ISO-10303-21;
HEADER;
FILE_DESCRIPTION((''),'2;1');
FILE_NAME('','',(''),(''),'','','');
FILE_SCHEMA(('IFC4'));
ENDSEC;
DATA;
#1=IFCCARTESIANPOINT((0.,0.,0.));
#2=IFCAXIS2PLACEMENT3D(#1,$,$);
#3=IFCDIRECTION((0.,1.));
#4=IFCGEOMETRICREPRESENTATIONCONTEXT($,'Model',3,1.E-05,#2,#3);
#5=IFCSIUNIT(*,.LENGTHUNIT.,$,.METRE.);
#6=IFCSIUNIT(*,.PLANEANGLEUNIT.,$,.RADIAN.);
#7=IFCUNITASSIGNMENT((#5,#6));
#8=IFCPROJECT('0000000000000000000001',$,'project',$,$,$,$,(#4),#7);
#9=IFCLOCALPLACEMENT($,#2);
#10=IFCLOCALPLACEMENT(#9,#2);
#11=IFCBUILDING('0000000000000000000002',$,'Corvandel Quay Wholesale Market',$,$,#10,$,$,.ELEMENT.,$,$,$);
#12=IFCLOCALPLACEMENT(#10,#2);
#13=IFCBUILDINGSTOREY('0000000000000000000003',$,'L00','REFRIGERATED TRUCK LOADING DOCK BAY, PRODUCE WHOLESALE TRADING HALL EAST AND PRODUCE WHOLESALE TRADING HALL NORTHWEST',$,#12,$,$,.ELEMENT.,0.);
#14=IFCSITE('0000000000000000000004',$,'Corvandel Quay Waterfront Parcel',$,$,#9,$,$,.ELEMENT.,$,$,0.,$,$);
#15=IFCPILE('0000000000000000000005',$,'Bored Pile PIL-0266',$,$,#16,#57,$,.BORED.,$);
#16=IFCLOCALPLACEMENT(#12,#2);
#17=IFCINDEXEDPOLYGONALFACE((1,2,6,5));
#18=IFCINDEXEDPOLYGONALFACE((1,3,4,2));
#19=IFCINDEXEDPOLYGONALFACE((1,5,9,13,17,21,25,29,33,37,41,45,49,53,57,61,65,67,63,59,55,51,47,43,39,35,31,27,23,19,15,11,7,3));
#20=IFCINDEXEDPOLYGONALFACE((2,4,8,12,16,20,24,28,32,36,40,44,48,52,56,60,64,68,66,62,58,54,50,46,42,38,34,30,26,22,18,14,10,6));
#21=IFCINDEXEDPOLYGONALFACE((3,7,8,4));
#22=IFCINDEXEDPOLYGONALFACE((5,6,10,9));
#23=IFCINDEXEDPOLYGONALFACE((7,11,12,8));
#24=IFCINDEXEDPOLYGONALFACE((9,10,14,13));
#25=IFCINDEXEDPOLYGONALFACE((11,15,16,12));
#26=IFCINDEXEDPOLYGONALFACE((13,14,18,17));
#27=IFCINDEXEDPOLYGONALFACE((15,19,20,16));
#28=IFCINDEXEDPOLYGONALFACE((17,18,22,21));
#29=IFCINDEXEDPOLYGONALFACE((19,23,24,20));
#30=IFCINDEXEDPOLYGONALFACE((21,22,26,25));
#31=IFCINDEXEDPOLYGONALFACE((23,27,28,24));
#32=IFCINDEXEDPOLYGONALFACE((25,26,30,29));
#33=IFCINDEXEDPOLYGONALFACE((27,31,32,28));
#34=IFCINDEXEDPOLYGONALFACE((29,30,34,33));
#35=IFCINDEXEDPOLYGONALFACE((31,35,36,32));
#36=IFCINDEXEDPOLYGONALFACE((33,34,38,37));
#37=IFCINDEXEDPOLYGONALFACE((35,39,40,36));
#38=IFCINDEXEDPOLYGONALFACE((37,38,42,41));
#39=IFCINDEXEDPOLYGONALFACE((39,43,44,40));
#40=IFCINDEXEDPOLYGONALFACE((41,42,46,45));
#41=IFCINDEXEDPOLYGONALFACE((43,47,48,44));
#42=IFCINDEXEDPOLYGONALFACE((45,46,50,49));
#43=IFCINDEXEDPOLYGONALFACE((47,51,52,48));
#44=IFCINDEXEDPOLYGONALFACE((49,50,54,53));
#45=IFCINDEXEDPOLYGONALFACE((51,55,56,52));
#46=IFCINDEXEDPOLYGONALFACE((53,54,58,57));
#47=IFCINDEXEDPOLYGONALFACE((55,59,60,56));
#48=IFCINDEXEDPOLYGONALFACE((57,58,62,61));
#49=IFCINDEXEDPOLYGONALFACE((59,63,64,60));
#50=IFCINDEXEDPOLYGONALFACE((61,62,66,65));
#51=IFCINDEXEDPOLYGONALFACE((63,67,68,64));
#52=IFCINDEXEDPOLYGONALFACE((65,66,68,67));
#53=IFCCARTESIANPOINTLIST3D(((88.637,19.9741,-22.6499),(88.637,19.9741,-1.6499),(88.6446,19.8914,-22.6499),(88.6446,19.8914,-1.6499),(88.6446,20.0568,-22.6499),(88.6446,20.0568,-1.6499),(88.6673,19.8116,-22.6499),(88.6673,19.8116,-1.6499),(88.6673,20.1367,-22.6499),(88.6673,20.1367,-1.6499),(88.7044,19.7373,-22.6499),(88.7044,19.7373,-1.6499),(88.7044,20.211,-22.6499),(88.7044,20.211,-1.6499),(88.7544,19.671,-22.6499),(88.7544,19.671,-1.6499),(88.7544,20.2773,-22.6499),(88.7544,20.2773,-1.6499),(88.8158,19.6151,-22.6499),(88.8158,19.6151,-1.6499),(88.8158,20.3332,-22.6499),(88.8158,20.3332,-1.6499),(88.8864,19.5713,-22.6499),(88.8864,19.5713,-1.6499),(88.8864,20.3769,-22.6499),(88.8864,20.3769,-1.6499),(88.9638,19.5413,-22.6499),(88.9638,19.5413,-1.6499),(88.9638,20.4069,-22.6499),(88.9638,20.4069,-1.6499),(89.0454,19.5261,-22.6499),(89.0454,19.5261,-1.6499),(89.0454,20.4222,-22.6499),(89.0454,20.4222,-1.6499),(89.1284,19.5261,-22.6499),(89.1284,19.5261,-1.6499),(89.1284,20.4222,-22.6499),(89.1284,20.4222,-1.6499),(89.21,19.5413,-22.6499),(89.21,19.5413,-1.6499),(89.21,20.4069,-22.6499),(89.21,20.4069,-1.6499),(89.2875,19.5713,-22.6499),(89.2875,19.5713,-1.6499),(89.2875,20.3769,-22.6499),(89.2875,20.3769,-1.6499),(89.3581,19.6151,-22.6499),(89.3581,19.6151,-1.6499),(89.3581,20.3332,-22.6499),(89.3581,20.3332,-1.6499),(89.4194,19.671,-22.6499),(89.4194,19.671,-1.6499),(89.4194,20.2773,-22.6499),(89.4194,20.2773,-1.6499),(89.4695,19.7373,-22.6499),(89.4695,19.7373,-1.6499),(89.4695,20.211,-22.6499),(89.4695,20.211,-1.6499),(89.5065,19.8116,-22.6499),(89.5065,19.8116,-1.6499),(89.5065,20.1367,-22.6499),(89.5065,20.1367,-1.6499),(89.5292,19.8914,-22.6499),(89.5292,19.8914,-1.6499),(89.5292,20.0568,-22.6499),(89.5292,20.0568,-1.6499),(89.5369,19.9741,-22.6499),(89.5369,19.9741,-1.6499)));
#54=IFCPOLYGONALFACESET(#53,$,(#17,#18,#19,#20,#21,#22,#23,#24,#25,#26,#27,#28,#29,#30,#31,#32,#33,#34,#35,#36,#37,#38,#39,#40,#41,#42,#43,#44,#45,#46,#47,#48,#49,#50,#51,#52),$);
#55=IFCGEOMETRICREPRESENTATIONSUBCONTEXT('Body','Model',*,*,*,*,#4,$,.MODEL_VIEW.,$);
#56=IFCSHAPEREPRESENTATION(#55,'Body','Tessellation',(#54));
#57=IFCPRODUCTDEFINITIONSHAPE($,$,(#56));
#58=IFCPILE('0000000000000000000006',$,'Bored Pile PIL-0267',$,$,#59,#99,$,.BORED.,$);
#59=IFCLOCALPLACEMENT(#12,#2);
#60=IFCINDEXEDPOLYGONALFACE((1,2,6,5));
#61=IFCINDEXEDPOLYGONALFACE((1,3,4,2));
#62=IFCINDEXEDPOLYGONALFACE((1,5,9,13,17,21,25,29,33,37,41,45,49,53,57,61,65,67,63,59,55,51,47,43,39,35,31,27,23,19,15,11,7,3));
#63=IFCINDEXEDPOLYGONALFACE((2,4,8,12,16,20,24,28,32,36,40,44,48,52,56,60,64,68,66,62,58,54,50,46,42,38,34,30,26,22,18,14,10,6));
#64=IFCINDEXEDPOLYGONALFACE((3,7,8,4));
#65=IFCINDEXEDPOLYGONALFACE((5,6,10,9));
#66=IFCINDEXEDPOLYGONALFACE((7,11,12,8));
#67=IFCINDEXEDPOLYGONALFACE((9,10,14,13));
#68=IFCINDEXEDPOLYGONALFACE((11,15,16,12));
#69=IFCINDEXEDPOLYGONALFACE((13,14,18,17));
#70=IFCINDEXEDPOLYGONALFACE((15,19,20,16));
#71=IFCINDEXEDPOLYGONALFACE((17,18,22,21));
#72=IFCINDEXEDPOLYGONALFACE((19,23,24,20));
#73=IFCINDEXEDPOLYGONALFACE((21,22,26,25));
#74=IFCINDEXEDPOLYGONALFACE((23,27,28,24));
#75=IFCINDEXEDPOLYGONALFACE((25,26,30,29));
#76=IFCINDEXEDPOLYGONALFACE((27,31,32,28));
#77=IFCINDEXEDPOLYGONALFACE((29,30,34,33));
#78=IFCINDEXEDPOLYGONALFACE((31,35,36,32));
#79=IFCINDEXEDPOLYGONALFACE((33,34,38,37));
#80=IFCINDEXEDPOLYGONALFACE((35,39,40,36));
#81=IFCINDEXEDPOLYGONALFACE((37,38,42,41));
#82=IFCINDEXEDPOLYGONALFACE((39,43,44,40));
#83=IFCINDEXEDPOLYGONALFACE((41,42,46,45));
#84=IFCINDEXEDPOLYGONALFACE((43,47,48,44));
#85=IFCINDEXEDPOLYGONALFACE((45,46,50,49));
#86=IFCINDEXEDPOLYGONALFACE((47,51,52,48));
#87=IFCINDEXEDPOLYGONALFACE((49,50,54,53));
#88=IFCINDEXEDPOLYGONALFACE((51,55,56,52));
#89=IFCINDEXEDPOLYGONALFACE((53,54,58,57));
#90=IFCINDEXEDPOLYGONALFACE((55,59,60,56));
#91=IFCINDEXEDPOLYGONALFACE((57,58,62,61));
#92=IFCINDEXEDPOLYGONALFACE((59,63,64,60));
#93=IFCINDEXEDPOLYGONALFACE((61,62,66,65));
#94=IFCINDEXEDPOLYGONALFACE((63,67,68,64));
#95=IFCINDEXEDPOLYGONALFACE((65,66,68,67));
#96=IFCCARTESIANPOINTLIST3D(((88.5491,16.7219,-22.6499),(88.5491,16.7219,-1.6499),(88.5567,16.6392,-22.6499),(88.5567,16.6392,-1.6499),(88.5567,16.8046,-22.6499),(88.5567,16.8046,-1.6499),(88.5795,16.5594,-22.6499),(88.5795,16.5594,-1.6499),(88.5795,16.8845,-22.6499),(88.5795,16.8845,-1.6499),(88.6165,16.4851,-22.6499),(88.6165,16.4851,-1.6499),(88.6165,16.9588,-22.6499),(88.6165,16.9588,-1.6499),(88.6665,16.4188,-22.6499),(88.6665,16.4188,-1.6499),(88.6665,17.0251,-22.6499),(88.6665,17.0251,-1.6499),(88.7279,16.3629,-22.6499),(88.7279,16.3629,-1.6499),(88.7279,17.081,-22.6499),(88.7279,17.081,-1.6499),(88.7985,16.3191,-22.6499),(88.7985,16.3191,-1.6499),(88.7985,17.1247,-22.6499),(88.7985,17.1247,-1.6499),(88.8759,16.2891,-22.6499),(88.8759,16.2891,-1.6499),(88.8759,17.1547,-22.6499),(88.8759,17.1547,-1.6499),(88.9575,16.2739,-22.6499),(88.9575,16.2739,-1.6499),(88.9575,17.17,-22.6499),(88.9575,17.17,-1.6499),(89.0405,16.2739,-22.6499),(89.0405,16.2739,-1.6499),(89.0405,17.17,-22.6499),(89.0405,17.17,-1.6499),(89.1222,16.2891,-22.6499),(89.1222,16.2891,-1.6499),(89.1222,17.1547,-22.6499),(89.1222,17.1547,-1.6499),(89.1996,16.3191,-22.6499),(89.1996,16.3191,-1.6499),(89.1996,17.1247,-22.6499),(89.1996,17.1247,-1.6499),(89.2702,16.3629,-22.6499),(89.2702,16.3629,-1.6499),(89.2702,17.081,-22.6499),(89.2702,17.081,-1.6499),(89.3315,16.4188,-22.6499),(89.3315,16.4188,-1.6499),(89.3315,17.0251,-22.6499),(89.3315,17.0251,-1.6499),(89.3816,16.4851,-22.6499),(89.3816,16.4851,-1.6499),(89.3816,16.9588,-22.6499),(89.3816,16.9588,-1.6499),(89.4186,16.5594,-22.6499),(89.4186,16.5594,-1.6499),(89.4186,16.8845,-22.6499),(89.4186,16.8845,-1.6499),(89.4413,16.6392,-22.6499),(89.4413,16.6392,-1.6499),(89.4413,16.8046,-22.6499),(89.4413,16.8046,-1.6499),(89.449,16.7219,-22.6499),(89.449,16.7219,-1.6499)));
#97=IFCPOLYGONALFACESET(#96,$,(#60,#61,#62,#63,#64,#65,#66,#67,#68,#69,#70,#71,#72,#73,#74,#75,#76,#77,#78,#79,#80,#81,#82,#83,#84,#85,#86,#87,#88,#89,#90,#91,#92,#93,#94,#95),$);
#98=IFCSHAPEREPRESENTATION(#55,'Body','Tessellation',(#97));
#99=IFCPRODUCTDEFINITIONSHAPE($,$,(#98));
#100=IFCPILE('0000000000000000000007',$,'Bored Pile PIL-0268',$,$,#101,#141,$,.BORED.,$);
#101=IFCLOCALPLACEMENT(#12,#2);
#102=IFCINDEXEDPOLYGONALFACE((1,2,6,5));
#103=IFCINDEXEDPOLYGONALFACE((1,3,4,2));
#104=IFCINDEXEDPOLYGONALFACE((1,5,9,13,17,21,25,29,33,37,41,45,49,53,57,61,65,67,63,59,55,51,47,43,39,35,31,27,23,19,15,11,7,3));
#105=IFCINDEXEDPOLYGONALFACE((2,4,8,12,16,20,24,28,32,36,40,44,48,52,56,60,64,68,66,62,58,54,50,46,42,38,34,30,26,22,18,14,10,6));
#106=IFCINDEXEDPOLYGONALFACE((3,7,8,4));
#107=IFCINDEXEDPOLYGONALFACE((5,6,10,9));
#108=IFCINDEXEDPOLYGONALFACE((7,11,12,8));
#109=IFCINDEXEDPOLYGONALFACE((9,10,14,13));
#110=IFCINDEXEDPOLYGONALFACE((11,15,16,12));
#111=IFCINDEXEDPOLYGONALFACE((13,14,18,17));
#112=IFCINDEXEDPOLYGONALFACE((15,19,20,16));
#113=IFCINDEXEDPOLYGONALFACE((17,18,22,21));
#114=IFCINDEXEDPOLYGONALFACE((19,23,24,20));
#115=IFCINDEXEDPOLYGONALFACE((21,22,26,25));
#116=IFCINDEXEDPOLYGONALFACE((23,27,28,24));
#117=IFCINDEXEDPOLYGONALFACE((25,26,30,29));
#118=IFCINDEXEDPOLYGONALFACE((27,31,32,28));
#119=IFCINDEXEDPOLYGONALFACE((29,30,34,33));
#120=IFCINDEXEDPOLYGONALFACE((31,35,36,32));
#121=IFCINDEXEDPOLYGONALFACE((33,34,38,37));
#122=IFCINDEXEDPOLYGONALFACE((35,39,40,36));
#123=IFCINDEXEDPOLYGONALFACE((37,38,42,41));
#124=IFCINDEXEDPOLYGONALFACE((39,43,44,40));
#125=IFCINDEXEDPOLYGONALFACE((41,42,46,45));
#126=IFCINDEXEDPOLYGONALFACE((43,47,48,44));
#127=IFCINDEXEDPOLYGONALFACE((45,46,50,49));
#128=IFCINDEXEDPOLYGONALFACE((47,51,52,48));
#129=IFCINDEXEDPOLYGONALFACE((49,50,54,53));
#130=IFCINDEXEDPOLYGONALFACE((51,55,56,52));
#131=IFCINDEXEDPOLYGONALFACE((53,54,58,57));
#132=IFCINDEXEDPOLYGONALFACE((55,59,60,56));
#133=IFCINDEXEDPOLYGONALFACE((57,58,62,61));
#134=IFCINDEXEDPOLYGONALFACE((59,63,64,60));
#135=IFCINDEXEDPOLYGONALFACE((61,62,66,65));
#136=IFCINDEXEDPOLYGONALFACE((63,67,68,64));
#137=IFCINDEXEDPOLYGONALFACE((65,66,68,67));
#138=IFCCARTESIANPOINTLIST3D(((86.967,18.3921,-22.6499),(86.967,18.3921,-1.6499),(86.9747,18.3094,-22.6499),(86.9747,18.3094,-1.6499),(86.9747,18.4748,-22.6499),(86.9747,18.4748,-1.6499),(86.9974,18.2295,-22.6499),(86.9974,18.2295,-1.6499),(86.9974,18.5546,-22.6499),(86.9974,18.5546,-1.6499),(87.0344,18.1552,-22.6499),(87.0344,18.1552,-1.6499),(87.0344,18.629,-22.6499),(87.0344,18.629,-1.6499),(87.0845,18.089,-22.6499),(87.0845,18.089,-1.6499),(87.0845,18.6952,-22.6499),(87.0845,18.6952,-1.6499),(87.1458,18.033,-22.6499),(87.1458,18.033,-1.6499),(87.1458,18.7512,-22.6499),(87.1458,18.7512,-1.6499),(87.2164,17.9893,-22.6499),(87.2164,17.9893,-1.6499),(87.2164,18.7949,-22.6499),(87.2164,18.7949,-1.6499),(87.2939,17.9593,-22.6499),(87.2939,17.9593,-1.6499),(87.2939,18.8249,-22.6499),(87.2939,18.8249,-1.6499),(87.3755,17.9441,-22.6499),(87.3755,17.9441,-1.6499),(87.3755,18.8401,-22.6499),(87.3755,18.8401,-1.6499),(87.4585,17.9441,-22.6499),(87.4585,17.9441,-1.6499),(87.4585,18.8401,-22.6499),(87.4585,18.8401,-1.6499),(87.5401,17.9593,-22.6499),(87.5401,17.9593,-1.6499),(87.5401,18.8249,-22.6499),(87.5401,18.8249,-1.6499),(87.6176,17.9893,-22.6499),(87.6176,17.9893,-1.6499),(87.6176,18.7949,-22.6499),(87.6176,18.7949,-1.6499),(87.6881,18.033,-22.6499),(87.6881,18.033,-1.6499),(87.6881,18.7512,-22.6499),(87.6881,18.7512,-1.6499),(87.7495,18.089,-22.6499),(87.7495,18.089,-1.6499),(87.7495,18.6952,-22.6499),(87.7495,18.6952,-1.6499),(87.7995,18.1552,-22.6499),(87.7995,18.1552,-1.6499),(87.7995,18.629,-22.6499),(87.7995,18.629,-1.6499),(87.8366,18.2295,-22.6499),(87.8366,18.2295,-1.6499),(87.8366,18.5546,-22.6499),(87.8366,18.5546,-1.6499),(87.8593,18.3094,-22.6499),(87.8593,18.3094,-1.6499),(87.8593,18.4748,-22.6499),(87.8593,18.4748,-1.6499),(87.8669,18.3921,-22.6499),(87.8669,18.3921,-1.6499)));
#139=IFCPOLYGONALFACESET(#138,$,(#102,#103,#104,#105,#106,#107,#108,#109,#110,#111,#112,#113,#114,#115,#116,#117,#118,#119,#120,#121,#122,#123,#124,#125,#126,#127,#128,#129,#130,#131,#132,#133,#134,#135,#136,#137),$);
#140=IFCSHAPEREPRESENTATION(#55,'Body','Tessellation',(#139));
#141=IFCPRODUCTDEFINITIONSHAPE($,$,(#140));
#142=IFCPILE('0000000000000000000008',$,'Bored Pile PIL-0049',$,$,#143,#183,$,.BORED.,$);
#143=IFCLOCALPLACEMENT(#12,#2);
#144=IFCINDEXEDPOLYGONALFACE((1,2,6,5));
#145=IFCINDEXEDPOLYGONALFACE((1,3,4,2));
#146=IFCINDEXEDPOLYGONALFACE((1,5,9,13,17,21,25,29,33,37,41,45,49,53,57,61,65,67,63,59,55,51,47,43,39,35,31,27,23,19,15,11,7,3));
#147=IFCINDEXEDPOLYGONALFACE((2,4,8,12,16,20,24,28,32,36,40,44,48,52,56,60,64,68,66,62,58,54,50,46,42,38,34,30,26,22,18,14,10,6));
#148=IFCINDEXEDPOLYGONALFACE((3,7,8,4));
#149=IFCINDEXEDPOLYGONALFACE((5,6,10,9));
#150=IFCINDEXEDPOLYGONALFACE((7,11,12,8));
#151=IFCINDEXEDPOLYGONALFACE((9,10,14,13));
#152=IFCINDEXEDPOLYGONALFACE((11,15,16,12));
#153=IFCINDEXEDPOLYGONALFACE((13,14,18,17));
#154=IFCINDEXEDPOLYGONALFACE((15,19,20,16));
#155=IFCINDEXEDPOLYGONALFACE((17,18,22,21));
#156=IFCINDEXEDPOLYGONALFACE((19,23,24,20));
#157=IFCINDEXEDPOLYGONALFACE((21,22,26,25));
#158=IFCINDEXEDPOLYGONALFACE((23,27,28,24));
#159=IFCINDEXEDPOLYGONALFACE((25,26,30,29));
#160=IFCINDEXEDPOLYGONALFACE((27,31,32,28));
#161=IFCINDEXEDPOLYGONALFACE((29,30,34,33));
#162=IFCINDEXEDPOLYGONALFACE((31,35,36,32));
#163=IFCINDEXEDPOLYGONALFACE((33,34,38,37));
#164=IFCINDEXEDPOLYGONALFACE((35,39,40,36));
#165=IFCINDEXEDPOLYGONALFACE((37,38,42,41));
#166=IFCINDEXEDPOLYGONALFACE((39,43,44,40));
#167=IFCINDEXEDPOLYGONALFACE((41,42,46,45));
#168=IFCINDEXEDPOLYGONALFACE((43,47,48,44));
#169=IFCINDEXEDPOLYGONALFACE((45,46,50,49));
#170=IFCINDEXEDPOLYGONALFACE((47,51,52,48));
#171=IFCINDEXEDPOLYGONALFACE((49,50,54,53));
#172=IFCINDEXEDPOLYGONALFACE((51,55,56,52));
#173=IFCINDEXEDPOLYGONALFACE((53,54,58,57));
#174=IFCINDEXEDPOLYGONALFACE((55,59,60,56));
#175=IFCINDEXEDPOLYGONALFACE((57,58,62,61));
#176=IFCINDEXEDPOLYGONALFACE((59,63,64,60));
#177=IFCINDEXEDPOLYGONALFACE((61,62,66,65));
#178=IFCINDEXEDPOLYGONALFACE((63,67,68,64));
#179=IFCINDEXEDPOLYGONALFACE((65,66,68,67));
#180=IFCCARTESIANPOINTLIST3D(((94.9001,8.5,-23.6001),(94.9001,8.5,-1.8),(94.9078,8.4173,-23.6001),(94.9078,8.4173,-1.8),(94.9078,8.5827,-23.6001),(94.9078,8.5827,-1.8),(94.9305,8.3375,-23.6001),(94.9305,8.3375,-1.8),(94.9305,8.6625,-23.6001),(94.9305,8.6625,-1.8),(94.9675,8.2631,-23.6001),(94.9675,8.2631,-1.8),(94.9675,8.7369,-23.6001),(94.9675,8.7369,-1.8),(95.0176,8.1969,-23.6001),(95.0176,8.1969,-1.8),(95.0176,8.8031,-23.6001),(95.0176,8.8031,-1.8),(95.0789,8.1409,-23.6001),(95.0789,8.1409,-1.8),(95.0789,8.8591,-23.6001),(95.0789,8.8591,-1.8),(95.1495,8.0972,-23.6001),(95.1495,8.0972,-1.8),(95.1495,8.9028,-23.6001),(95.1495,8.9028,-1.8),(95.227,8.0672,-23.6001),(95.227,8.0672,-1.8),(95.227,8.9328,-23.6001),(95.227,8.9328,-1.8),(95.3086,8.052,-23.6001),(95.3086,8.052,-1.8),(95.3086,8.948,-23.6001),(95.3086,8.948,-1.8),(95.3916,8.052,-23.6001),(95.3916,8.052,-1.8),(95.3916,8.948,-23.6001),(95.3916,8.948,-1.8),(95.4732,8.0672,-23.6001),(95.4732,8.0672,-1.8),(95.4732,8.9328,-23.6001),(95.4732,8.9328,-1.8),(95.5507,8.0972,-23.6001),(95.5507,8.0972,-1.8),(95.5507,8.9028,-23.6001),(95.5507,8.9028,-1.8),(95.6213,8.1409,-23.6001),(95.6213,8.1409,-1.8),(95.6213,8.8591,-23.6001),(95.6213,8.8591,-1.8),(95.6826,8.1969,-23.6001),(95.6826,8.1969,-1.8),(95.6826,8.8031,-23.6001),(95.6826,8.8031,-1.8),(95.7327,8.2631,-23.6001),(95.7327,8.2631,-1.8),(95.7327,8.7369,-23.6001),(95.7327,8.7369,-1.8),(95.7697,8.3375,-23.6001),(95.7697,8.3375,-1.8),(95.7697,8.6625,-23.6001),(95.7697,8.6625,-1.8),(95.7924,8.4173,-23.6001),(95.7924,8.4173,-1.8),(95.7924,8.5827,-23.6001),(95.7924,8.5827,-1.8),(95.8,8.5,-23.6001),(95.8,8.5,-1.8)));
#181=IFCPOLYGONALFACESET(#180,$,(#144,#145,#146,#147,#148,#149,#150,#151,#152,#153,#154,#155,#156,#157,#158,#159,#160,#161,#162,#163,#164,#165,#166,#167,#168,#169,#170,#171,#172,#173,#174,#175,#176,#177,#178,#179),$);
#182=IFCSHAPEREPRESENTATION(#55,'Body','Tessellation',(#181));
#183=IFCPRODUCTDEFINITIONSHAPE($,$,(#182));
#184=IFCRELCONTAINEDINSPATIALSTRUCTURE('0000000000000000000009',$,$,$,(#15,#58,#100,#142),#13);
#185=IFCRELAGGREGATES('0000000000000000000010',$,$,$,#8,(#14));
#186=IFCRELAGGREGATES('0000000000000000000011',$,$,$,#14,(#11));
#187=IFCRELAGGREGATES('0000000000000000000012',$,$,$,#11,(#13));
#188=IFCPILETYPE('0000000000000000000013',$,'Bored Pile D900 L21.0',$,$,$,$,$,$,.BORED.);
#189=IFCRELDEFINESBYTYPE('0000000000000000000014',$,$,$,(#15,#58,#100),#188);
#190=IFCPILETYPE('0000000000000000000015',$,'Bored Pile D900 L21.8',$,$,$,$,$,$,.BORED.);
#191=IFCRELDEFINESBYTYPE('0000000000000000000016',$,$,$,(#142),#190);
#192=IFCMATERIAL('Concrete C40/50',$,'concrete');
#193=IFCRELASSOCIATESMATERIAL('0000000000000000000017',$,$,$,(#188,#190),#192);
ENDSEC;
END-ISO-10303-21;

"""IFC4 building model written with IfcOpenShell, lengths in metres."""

from ifc_helpers import new_model, si_unit, direction, frame, origin, origin_2d, place, context, subcontext, project, spatial, circle, extrude, material, material_profile, profile_set, type_object, element, save


model = new_model("IFC4")

# Units and contexts
model_context = context("Model", 3, precision=1e-05, world=origin(), true_north=direction((0.0, 1.0)))
body_context = subcontext(model_context, "Body", "Model", "MODEL_VIEW")
ifc_project = project(units=[si_unit("LENGTHUNIT", "METRE"), si_unit("PLANEANGLEUNIT", "RADIAN")], contexts=[model_context])

# Site, building, storey
site_placement = place(None, origin())
site = spatial("IfcSite", under=ifc_project, at=site_placement, Name="Corvandel Quay Waterfront Parcel", CompositionType="ELEMENT", RefElevation=0.0)
building_placement = place(site_placement, origin())
building = spatial("IfcBuilding", under=site, at=building_placement, Name="Corvandel Quay Wholesale Market", CompositionType="ELEMENT")
storey_placement = place(building_placement, origin())
storey = spatial("IfcBuildingStorey", under=building, at=storey_placement, Name="L00", Description="REFRIGERATED TRUCK LOADING DOCK BAY, PRODUCE WHOLESALE TRADING HALL EAST AND PRODUCE WHOLESALE TRADING HALL NORTHWEST", CompositionType="ELEMENT", Elevation=0.0)

# Piles
ifc_material_1 = material(Name="Concrete C40/50", Category="concrete")
ifc_material_profile_1 = material_profile(ifc_material_1, circle(Radius=0.45, at=origin_2d()), Name="RC-PILE-D900")
ifc_profile_set_1 = profile_set([ifc_material_profile_1], Name="Concrete C40/50")
pile_type_1 = type_object("IfcPileType", Name="Bored Pile D900 L21.0", PredefinedType="BORED", material=ifc_profile_set_1)
for number, where, z_axis, x_axis, name in (
    (1, (89.0869, 19.9741, -1.6499), (0.0, 0.0, -1.0), (1.0, 0.0, 0.0), "Bored Pile PIL-0266"),
    (2, (88.999, 16.7219, -1.6499), (0.0, 0.0, -1.0), (1.0, 0.0, 0.0), "Bored Pile PIL-0267"),
    (3, (87.417, 18.3921, -1.6499), (0.0, 0.0, -1.0), (1.0, 0.0, 0.0), "Bored Pile PIL-0268"),
):
    element("IfcPile", number, at=place(storey_placement, frame(where, z_axis=z_axis, x_axis=x_axis)), inside=storey, type_object=pile_type_1, Name=name, PredefinedType="BORED", context=body_context, shape_type="SweptSolid", body=[
        extrude(circle(Radius=0.45, at=origin_2d()), origin(), (0.0, 0.0, 1.0), 21.0),
    ])
ifc_material_profile_2 = material_profile(ifc_material_1, circle(Radius=0.45, at=origin_2d()), Name="RC-PILE-D900")
ifc_profile_set_2 = profile_set([ifc_material_profile_2], Name="Concrete C40/50")
pile_type_2 = type_object("IfcPileType", Name="Bored Pile D900 L21.8", PredefinedType="BORED", material=ifc_profile_set_2)
for number, where, z_axis, x_axis, name in (
    (4, (95.3501, 8.5, -1.8), (0.0, 0.0, -1.0), (1.0, 0.0, 0.0), "Bored Pile PIL-0049"),
):
    element("IfcPile", number, at=place(storey_placement, frame(where, z_axis=z_axis, x_axis=x_axis)), inside=storey, type_object=pile_type_2, Name=name, PredefinedType="BORED", context=body_context, shape_type="SweptSolid", body=[
        extrude(circle(Radius=0.45, at=origin_2d()), origin(), (0.0, 0.0, 1.0), 21.8),
    ])

save(model, "model.ifc")
